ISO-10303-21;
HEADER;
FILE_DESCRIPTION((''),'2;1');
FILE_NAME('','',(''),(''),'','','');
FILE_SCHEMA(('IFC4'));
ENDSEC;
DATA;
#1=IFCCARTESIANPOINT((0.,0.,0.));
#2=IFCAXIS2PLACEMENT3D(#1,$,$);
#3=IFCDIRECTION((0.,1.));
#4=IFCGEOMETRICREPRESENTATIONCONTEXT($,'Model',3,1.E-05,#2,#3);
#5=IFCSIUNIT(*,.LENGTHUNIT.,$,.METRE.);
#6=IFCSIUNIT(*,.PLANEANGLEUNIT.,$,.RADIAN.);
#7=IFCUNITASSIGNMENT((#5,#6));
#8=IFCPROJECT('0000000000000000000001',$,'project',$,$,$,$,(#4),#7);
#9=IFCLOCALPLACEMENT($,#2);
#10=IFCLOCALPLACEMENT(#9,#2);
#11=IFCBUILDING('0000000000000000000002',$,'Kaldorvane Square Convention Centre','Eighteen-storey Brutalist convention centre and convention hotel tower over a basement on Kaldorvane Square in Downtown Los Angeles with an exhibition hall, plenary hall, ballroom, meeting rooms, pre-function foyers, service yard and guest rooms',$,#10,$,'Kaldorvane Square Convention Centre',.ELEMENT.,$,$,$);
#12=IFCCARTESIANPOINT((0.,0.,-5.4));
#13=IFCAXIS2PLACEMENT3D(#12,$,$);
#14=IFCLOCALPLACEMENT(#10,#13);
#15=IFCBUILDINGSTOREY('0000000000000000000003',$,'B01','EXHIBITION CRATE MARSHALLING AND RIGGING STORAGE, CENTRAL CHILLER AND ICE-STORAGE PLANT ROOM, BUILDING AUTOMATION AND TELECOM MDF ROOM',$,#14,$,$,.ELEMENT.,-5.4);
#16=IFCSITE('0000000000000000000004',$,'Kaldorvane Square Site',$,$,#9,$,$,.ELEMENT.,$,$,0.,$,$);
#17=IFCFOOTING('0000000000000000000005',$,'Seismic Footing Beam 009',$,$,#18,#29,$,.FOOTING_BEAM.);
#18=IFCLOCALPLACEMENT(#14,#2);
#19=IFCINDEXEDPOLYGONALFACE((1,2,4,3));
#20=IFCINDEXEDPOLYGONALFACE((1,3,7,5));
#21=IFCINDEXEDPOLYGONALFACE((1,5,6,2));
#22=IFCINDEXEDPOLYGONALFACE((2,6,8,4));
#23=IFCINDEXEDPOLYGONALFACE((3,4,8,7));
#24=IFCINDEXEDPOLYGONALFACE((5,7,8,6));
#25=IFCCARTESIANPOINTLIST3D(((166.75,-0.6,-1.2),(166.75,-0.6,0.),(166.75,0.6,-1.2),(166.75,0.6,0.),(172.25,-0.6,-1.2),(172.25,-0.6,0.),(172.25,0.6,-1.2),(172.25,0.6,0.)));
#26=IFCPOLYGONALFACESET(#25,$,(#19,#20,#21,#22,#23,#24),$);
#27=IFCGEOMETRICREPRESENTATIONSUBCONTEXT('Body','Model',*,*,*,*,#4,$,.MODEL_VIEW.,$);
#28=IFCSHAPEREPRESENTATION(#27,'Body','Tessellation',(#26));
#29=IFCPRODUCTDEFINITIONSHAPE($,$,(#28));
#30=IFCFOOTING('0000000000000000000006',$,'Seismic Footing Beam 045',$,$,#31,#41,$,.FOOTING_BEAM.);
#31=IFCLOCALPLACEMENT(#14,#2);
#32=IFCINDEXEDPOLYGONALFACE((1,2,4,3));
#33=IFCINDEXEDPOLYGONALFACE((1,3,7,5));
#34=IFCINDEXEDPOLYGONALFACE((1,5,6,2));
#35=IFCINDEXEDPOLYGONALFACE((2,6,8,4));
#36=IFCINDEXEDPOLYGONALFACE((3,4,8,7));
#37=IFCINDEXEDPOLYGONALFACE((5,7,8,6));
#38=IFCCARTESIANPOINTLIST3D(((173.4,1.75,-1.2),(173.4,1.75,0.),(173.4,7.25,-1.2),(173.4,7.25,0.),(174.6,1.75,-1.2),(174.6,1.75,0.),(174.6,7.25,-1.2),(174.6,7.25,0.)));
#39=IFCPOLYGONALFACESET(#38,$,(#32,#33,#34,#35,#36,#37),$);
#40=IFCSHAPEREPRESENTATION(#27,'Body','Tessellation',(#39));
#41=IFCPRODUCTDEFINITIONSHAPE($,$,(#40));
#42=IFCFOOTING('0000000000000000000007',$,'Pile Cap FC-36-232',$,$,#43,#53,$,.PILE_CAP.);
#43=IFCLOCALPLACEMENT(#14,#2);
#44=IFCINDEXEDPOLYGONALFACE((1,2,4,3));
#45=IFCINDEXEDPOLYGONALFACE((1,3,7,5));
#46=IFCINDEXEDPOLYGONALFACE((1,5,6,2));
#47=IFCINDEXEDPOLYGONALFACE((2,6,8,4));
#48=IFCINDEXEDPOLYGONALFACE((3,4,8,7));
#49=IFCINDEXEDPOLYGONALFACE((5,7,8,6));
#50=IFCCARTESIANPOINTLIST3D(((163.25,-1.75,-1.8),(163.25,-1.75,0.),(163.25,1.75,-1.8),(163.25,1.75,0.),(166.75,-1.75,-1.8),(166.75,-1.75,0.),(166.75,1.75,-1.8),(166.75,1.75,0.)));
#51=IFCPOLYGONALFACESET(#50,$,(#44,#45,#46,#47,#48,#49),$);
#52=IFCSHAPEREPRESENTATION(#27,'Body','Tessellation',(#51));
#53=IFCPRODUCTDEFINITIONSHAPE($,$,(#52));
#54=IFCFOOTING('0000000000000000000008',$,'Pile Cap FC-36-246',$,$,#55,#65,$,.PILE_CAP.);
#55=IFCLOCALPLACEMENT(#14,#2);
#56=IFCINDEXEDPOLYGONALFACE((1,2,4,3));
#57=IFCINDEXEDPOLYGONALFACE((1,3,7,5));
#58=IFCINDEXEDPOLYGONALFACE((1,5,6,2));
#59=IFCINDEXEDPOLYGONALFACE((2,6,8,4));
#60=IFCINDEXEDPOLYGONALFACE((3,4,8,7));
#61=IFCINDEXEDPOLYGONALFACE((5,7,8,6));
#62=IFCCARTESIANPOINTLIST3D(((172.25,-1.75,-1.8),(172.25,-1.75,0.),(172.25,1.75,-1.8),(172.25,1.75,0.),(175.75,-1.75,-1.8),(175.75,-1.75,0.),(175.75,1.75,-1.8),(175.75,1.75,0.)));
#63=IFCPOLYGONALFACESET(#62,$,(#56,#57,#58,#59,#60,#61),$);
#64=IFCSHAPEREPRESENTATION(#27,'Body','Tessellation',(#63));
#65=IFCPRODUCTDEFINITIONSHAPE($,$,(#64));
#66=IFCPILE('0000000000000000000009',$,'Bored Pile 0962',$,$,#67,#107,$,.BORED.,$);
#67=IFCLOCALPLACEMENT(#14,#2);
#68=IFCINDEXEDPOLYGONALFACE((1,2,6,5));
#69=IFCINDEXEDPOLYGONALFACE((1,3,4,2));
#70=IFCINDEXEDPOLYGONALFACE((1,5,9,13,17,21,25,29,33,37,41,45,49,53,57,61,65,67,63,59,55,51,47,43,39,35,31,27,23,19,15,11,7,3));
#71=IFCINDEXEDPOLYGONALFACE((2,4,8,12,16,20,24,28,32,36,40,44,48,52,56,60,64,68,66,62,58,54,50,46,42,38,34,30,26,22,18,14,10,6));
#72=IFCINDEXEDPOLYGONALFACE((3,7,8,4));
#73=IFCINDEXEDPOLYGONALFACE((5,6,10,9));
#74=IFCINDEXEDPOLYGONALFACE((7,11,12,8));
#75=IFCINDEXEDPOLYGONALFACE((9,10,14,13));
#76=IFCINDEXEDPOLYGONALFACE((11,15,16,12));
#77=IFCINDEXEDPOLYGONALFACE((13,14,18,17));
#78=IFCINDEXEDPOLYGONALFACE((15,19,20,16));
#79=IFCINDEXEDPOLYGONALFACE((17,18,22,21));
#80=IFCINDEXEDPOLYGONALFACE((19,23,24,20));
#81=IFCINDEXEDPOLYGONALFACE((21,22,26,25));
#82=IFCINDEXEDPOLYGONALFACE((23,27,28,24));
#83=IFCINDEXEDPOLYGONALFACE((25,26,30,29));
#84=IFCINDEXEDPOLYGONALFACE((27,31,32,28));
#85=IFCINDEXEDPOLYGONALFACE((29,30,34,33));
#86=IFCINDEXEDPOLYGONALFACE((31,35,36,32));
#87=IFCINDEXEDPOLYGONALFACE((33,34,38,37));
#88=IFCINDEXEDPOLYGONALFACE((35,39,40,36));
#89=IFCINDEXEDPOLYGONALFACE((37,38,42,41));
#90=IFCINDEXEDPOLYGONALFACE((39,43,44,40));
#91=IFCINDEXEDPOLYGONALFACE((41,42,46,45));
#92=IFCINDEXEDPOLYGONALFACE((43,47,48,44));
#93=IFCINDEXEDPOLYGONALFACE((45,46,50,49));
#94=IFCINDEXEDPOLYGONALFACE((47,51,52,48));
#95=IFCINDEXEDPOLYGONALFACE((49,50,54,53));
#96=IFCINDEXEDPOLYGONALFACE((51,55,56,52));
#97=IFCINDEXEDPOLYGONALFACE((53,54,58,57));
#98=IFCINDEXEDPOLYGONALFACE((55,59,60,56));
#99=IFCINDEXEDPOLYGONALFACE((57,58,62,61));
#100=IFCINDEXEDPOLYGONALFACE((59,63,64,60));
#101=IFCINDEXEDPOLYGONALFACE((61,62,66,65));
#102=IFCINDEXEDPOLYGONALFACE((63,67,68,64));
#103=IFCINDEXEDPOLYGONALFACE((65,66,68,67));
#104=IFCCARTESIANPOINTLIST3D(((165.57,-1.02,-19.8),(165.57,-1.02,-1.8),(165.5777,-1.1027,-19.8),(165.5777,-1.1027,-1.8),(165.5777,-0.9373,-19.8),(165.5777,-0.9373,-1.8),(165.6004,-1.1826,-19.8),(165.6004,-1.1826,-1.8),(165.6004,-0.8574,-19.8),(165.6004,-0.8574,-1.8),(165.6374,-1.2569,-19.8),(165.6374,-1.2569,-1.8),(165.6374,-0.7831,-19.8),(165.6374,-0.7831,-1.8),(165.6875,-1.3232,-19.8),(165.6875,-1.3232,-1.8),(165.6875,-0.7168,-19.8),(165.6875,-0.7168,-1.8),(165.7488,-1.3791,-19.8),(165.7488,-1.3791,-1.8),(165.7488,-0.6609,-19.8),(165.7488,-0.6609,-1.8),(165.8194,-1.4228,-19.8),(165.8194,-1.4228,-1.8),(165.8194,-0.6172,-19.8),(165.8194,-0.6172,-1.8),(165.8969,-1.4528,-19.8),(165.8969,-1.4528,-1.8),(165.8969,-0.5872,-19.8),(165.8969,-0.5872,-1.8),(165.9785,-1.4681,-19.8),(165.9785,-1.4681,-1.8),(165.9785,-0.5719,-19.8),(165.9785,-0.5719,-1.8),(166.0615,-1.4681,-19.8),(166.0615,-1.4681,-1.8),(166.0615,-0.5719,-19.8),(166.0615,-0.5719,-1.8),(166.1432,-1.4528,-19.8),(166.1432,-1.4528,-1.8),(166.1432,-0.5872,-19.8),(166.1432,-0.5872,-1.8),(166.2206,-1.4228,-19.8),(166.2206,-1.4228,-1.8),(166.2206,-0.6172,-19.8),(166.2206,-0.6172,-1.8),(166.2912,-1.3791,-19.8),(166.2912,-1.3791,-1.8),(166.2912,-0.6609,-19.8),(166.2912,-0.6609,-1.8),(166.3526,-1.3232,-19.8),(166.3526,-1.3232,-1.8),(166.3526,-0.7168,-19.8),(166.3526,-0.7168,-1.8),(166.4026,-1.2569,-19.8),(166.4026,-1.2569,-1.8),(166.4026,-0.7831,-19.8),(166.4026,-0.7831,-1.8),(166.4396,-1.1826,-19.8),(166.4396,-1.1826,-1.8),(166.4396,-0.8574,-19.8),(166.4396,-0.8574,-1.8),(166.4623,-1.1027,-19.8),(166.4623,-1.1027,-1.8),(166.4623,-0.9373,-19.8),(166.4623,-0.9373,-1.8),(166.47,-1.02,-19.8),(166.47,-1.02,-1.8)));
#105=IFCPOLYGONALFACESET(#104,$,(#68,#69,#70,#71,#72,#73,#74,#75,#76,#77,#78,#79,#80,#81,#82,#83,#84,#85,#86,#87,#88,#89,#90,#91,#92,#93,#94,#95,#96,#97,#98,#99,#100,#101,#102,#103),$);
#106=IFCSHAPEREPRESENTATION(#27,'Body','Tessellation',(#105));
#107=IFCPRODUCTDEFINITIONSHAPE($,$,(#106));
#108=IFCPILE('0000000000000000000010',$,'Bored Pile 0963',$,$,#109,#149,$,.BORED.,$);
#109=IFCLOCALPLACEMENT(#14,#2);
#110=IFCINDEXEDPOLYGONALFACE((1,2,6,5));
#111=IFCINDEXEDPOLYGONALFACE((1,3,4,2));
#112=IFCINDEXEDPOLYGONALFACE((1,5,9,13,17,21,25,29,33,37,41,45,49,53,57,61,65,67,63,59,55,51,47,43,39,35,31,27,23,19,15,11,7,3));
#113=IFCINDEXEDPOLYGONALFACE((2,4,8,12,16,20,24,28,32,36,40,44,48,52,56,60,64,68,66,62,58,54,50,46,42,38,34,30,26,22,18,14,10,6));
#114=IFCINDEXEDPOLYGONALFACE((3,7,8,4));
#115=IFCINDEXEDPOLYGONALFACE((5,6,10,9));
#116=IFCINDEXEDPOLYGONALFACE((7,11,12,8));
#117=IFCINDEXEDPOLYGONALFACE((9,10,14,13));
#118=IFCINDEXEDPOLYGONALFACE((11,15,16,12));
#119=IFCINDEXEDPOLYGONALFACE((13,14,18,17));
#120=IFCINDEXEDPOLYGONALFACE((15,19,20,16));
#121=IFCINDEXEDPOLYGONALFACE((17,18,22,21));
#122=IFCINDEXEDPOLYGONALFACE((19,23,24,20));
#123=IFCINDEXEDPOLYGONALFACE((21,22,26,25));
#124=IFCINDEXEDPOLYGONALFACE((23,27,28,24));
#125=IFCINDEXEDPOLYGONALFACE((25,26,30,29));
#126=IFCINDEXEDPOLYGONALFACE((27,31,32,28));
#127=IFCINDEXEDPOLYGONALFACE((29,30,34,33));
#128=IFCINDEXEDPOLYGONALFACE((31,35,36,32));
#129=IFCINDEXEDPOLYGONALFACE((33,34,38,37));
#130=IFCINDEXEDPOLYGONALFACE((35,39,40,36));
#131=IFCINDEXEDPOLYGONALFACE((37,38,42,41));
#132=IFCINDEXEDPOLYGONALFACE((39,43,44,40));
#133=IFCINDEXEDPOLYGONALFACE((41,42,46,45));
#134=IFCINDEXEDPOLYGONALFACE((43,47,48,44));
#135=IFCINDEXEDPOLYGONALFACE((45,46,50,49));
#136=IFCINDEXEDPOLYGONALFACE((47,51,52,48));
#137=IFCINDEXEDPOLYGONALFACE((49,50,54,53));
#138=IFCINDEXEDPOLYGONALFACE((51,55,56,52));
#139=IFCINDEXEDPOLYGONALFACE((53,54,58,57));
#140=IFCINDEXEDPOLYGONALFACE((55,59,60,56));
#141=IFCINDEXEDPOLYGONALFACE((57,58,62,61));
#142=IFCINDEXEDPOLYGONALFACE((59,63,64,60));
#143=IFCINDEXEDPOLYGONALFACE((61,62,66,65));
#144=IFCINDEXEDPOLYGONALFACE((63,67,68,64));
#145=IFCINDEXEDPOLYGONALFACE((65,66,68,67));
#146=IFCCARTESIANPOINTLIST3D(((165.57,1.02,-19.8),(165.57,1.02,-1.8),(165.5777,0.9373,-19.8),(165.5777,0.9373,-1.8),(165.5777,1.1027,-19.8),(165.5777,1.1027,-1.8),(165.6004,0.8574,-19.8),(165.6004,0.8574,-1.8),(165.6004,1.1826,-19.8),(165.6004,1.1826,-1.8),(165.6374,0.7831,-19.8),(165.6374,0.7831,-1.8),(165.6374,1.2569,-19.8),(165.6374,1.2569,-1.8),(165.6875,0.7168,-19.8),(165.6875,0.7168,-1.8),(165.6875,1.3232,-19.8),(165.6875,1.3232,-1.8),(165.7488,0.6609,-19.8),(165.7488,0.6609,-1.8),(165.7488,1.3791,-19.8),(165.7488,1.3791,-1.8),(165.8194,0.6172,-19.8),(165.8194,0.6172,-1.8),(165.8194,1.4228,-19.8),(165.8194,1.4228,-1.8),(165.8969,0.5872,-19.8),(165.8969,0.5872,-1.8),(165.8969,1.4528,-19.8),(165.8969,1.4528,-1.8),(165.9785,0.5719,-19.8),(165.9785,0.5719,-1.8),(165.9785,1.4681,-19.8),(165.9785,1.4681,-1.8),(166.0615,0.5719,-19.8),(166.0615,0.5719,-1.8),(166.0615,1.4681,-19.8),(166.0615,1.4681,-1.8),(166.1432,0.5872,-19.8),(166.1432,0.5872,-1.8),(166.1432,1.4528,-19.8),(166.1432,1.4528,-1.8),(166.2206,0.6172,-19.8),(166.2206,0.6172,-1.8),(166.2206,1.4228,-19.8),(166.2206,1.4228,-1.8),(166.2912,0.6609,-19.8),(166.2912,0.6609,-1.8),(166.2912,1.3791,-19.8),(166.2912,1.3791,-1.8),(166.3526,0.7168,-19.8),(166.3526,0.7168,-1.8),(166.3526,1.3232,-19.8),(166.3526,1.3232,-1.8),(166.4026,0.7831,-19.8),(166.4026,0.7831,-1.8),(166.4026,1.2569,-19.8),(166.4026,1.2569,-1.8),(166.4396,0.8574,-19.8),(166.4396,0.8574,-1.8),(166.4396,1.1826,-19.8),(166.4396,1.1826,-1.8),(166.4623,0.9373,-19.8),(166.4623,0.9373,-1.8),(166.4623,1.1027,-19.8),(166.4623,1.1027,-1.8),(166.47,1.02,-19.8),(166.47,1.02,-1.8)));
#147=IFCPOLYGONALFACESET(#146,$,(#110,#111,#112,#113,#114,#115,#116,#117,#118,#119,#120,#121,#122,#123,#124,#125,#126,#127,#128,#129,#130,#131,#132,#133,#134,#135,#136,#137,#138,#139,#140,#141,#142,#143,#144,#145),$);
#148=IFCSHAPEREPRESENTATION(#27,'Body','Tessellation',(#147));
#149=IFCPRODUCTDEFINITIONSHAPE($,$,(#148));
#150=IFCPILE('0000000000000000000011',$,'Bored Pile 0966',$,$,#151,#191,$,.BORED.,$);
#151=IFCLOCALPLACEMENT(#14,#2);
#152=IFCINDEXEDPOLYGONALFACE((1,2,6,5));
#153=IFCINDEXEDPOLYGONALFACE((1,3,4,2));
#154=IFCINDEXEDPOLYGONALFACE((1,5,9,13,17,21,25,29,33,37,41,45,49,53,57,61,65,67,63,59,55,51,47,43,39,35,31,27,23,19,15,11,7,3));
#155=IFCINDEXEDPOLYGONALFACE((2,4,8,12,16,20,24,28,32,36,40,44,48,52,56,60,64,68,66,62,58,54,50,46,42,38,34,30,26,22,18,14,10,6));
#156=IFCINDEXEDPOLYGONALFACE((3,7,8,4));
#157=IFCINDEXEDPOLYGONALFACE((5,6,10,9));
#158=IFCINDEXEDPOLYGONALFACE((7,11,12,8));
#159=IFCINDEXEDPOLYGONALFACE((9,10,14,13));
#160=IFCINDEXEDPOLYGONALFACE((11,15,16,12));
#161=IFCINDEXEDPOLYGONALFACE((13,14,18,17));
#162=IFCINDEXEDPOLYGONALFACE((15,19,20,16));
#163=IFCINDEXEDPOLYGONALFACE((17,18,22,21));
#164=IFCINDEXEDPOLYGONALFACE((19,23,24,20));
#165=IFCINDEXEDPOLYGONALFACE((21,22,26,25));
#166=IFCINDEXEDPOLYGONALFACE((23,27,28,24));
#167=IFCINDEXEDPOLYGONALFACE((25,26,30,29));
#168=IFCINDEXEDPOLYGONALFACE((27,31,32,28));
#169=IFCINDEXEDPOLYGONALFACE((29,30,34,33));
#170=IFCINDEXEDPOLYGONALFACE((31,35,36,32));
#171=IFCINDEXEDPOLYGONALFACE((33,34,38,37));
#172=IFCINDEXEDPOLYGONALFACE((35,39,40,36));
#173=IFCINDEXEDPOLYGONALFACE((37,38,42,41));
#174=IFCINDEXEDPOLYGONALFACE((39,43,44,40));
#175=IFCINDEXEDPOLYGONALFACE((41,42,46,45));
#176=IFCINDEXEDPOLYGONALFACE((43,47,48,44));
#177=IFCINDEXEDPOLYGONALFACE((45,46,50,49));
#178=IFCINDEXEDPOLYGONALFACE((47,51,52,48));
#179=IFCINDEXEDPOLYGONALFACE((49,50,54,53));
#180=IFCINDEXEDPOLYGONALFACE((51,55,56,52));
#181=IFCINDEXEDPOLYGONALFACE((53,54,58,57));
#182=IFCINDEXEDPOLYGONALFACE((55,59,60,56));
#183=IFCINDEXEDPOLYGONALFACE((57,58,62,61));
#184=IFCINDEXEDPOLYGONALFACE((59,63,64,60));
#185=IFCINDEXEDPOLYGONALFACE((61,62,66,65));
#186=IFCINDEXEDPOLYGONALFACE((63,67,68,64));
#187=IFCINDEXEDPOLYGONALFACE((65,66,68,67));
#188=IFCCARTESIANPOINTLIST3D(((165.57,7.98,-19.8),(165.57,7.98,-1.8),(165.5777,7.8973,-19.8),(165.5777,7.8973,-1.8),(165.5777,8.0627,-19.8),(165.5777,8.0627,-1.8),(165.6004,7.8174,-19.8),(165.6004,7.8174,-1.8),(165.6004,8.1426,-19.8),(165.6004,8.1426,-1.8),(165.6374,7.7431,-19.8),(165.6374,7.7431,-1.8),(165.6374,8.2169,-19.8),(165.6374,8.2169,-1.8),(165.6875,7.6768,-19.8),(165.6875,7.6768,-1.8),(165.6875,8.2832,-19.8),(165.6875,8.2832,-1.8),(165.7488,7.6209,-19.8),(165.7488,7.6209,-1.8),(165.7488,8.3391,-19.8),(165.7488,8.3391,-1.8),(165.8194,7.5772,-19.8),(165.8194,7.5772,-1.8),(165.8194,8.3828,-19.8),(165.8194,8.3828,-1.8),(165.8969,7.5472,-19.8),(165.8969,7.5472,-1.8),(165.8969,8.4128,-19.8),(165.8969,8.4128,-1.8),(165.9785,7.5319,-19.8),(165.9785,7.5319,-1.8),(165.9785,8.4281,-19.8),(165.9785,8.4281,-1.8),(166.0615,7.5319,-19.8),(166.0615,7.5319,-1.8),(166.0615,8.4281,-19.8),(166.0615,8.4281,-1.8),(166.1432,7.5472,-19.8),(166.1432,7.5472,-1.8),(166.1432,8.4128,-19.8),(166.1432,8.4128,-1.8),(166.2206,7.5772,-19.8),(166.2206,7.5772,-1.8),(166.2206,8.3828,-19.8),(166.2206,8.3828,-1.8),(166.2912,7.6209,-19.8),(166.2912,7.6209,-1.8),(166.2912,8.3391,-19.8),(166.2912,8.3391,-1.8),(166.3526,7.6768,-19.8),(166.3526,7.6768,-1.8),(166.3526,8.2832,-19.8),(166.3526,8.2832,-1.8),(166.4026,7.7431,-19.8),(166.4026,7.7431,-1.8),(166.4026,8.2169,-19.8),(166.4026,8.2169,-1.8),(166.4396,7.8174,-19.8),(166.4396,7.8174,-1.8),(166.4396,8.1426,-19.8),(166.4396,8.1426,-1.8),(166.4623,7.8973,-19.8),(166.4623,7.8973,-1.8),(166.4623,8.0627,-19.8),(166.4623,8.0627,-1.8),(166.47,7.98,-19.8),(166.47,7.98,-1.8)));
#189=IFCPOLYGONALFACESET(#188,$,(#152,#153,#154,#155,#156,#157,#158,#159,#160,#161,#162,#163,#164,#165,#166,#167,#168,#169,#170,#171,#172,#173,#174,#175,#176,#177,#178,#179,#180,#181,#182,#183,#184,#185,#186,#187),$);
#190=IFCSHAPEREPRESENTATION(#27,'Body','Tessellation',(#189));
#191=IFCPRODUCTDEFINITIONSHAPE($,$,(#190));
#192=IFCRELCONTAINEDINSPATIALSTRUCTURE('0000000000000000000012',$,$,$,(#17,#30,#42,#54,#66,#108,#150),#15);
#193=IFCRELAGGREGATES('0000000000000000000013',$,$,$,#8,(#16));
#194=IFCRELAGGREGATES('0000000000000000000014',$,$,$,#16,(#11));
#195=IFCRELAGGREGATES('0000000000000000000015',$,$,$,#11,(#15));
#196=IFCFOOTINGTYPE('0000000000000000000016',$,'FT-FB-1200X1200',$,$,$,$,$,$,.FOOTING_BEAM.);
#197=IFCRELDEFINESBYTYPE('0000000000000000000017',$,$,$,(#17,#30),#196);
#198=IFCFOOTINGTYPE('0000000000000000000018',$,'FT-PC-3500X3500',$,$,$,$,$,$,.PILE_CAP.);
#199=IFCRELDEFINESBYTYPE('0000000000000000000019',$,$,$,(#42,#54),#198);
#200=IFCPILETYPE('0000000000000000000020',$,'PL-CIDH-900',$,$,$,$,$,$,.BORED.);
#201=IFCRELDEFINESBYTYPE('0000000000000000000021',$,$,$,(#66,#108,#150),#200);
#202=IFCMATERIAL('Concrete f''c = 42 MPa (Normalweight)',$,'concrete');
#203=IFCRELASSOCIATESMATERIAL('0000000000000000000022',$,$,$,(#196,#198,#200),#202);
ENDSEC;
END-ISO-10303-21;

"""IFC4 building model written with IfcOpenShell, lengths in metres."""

from ifc_helpers import new_model, si_unit, direction, frame, origin, origin_2d, place, context, subcontext, project, spatial, rectangle, circle, extrude, material, material_profile, profile_set, type_object, element, save


model = new_model("IFC4")

# Units and contexts
model_context = context("Model", 3, precision=1e-05, world=origin(), true_north=direction((0.0, 1.0)))
body_context = subcontext(model_context, "Body", "Model", "MODEL_VIEW")
ifc_project = project(units=[si_unit("LENGTHUNIT", "METRE"), si_unit("PLANEANGLEUNIT", "RADIAN")], contexts=[model_context])

# Site, building, storey
site_placement = place(None, origin())
site = spatial("IfcSite", under=ifc_project, at=site_placement, Name="Kaldorvane Square Site", CompositionType="ELEMENT", RefElevation=0.0)
building_placement = place(site_placement, origin())
building = spatial("IfcBuilding", under=site, at=building_placement, Name="Kaldorvane Square Convention Centre", Description="Eighteen-storey Brutalist convention centre and convention hotel tower over a basement on Kaldorvane Square in Downtown Los Angeles with an exhibition hall, plenary hall, ballroom, meeting rooms, pre-function foyers, service yard and guest rooms", LongName="Kaldorvane Square Convention Centre", CompositionType="ELEMENT")
storey_placement = place(building_placement, frame((0.0, 0.0, -5.4)))
storey = spatial("IfcBuildingStorey", under=building, at=storey_placement, Name="B01", Description="EXHIBITION CRATE MARSHALLING AND RIGGING STORAGE, CENTRAL CHILLER AND ICE-STORAGE PLANT ROOM, BUILDING AUTOMATION AND TELECOM MDF ROOM", CompositionType="ELEMENT", Elevation=-5.4)

# Footings
ifc_material_1 = material(Name="Concrete f'c = 42 MPa (Normalweight)", Category="concrete")
footing_type_1 = type_object("IfcFootingType", Name="FT-FB-1200X1200", PredefinedType="FOOTING_BEAM", material=ifc_material_1)
footing_1_placement = place(storey_placement, frame((169.5, 0.0, -1.2), z_axis=(0.0, 0.0, 1.0), x_axis=(1.0, 0.0, 0.0)))
element("IfcFooting", 1, at=footing_1_placement, inside=storey, type_object=footing_type_1, Name="Seismic Footing Beam 009", PredefinedType="FOOTING_BEAM", context=body_context, shape_type="SweptSolid", body=[
    extrude(rectangle(XDim=5.5, YDim=1.2, at=origin_2d()), origin(), (0.0, 0.0, 1.0), 1.2),
])
footing_2_placement = place(storey_placement, frame((174.0, 4.5, -1.2), z_axis=(0.0, 0.0, 1.0), x_axis=(1.0, 0.0, 0.0)))
element("IfcFooting", 2, at=footing_2_placement, inside=storey, type_object=footing_type_1, Name="Seismic Footing Beam 045", PredefinedType="FOOTING_BEAM", context=body_context, shape_type="SweptSolid", body=[
    extrude(rectangle(XDim=1.2, YDim=5.5, at=origin_2d()), origin(), (0.0, 0.0, 1.0), 1.2),
])
footing_type_2 = type_object("IfcFootingType", Name="FT-PC-3500X3500", PredefinedType="PILE_CAP", material=ifc_material_1)
for number, where, z_axis, x_axis, name in (
    (3, (165.0, 0.0, -1.8), (0.0, 0.0, 1.0), (1.0, 0.0, 0.0), "Pile Cap FC-36-232"),
    (4, (174.0, 0.0, -1.8), (0.0, 0.0, 1.0), (1.0, 0.0, 0.0), "Pile Cap FC-36-246"),
):
    element("IfcFooting", number, at=place(storey_placement, frame(where, z_axis=z_axis, x_axis=x_axis)), inside=storey, type_object=footing_type_2, Name=name, PredefinedType="PILE_CAP", context=body_context, shape_type="SweptSolid", body=[
        extrude(rectangle(XDim=3.5, YDim=3.5, at=origin_2d()), origin(), (0.0, 0.0, 1.0), 1.8),
    ])

# Piles
ifc_material_profile_1 = material_profile(ifc_material_1, circle(Radius=0.45, at=origin_2d()), Name="PILE-D900")
ifc_profile_set_1 = profile_set([ifc_material_profile_1], Name="Concrete f'c = 42 MPa (Normalweight)")
pile_type = type_object("IfcPileType", Name="PL-CIDH-900", PredefinedType="BORED", material=ifc_profile_set_1)
for number, where, z_axis, x_axis, name in (
    (5, (166.02, -1.02, -1.8), (0.0, 0.0, -1.0), (1.0, 0.0, 0.0), "Bored Pile 0962"),
    (6, (166.02, 1.02, -1.8), (0.0, 0.0, -1.0), (1.0, 0.0, 0.0), "Bored Pile 0963"),
    (7, (166.02, 7.98, -1.8), (0.0, 0.0, -1.0), (1.0, 0.0, 0.0), "Bored Pile 0966"),
):
    element("IfcPile", number, at=place(storey_placement, frame(where, z_axis=z_axis, x_axis=x_axis)), inside=storey, type_object=pile_type, Name=name, PredefinedType="BORED", context=body_context, shape_type="SweptSolid", body=[
        extrude(circle(Radius=0.45, at=origin_2d()), origin(), (0.0, 0.0, 1.0), 18.0),
    ])

save(model, "model.ifc")
